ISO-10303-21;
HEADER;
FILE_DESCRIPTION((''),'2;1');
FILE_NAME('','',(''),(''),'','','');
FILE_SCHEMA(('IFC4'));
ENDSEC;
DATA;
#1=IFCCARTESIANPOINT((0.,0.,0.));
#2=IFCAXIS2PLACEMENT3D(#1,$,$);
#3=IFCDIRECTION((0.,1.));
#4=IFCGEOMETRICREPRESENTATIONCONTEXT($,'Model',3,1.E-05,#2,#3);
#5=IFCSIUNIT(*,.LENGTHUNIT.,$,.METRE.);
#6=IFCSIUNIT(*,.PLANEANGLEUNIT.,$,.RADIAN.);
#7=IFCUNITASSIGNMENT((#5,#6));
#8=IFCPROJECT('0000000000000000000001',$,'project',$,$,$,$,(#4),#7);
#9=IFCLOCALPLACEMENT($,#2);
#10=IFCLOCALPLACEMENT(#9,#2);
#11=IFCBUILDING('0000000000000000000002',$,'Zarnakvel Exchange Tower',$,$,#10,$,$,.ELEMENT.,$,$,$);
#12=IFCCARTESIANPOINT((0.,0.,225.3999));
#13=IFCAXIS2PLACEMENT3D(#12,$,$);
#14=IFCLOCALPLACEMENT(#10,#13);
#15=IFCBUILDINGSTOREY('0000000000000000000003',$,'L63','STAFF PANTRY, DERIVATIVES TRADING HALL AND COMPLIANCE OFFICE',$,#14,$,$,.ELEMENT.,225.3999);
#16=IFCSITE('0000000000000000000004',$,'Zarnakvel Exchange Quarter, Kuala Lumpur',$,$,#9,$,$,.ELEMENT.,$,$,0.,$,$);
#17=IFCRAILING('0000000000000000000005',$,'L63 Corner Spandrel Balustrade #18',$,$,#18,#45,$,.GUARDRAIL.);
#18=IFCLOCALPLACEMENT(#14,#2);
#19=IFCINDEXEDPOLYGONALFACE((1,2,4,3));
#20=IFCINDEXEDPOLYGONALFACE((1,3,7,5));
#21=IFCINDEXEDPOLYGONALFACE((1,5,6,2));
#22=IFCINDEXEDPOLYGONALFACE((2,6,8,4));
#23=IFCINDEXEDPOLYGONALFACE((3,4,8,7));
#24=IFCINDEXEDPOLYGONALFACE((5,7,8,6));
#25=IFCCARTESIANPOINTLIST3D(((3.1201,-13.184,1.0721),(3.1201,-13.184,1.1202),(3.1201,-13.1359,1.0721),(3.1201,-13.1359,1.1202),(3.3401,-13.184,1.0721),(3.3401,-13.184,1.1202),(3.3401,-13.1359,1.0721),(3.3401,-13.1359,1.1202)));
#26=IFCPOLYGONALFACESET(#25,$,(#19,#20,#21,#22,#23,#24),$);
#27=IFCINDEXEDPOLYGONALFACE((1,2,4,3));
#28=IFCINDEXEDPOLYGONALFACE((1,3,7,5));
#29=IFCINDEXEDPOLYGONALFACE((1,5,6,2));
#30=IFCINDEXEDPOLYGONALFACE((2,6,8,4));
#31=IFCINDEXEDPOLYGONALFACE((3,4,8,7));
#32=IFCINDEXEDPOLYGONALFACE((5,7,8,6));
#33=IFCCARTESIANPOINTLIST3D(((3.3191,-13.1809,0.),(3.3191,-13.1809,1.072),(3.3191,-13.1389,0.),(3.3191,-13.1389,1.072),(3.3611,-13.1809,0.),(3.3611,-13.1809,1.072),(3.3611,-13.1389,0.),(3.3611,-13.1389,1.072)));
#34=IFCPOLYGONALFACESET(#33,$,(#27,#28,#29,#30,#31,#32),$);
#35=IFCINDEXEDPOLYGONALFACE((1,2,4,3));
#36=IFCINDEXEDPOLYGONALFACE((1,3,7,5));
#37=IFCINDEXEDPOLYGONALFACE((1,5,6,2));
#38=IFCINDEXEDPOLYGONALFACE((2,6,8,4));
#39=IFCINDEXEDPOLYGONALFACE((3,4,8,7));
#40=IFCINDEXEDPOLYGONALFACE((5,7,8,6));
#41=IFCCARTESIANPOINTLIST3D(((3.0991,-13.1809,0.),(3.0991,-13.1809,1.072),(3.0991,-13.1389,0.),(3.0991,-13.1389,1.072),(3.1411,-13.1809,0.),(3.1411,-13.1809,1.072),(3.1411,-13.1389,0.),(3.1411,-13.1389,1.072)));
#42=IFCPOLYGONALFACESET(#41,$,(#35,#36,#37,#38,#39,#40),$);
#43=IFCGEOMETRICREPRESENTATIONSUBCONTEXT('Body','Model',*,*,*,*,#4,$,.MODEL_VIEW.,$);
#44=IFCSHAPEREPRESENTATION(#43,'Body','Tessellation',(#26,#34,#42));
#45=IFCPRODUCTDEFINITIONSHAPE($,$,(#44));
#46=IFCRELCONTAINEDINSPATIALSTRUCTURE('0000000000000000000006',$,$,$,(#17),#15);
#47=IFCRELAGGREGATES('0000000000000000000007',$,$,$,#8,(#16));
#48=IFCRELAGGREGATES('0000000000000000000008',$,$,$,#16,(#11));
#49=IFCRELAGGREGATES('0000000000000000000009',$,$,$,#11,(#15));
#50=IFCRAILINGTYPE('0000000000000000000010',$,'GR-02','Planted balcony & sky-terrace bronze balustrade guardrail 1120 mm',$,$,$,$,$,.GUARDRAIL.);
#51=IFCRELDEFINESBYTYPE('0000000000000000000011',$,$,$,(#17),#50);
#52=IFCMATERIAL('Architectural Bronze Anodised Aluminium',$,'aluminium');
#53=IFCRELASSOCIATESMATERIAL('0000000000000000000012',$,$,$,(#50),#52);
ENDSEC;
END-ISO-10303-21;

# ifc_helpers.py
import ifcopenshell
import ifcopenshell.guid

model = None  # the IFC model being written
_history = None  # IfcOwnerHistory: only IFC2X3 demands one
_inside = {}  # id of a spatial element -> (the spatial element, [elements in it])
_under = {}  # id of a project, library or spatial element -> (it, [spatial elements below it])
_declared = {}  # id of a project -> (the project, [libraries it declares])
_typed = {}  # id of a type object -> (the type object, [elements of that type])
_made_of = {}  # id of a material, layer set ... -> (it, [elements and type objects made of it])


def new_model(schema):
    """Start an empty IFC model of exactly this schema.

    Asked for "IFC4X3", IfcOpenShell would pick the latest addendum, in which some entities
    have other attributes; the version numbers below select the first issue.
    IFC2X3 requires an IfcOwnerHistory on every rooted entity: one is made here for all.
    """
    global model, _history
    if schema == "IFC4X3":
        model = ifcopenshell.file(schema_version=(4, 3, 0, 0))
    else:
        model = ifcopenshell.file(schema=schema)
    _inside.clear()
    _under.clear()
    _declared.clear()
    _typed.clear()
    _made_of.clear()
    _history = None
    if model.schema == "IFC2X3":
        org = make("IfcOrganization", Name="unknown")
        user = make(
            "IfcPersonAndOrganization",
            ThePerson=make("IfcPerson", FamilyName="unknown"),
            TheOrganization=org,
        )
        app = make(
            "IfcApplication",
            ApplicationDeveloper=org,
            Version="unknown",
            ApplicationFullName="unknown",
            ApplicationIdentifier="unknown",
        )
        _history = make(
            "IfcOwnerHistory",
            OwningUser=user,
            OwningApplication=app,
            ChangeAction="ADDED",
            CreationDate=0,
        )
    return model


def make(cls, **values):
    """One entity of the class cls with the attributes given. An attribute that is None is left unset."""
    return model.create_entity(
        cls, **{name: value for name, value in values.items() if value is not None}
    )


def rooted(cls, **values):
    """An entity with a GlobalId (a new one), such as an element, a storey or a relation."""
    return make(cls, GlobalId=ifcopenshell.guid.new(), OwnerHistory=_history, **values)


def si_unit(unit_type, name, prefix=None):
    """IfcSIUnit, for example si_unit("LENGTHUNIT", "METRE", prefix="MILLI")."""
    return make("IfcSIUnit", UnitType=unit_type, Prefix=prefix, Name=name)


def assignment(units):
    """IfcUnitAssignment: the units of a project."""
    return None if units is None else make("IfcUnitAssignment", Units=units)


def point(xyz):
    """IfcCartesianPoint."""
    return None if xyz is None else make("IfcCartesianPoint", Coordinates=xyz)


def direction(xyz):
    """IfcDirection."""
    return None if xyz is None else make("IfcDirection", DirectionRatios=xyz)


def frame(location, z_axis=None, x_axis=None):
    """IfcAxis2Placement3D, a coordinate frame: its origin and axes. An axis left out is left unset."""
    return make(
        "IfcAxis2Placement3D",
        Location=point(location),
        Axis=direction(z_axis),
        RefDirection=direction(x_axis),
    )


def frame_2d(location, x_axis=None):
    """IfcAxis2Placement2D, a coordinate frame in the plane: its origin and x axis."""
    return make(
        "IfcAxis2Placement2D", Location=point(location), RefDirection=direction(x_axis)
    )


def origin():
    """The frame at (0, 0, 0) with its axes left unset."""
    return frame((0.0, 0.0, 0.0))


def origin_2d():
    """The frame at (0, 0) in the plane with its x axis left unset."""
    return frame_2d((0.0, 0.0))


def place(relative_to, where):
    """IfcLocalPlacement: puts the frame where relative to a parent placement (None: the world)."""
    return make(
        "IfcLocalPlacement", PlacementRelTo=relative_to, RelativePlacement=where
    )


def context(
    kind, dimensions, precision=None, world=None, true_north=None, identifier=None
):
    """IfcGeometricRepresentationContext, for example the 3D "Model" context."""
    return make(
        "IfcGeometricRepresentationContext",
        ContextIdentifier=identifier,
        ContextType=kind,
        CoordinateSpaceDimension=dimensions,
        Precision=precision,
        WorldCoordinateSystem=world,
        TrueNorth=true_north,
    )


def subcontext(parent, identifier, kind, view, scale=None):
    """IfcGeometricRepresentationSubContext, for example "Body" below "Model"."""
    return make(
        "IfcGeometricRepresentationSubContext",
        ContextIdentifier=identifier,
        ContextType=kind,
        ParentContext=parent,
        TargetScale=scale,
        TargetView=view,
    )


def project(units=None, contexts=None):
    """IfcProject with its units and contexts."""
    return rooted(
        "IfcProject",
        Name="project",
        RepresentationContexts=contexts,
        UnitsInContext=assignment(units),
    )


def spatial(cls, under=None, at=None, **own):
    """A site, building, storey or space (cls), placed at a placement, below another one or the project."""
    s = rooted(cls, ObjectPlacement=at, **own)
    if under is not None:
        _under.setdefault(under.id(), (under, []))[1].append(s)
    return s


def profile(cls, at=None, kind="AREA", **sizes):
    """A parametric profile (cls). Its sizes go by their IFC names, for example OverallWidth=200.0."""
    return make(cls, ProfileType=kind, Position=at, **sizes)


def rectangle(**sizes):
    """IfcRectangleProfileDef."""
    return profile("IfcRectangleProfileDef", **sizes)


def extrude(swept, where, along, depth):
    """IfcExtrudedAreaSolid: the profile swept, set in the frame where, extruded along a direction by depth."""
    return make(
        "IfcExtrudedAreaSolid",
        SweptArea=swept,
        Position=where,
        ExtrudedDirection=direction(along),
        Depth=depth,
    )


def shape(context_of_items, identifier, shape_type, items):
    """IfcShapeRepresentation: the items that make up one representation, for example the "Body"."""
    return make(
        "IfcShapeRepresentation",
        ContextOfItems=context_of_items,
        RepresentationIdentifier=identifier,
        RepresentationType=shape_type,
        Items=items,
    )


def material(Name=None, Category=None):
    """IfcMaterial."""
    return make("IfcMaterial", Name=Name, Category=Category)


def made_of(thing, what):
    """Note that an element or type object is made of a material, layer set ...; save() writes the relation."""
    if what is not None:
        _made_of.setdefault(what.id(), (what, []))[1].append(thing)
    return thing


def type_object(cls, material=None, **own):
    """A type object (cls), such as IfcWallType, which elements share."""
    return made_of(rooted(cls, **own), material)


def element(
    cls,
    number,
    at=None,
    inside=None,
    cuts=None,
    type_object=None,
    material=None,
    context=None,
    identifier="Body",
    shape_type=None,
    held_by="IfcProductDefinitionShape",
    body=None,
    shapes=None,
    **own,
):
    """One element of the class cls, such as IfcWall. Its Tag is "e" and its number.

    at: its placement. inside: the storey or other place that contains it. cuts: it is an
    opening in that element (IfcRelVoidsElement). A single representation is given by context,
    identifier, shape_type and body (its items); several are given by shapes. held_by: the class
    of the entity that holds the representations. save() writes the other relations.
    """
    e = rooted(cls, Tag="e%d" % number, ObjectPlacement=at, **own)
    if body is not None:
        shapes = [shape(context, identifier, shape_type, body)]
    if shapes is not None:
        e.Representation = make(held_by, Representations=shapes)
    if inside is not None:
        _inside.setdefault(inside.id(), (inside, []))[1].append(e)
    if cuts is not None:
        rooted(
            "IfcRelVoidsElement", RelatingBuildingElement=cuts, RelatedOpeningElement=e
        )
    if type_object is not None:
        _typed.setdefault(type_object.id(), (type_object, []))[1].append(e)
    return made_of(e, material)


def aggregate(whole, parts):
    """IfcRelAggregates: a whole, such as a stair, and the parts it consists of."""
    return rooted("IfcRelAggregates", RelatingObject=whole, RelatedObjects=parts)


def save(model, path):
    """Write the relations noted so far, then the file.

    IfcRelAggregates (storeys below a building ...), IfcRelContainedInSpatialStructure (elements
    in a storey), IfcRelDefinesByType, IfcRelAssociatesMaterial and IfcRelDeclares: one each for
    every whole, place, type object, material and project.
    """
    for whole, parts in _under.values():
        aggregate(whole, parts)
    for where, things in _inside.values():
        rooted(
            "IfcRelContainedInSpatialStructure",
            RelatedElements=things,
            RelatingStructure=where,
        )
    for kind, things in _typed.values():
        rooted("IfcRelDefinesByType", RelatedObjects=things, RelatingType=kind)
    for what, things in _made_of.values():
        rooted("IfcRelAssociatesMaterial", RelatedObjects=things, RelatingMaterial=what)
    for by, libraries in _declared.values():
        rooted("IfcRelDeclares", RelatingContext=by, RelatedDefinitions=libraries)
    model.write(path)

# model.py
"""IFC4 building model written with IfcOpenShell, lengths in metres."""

from ifc_helpers import new_model, si_unit, direction, frame, origin, origin_2d, place, context, subcontext, project, spatial, rectangle, extrude, material, type_object, element, save


model = new_model("IFC4")

# Units and contexts
model_context = context("Model", 3, precision=1e-05, world=origin(), true_north=direction((0.0, 1.0)))
body_context = subcontext(model_context, "Body", "Model", "MODEL_VIEW")
ifc_project = project(units=[si_unit("LENGTHUNIT", "METRE"), si_unit("PLANEANGLEUNIT", "RADIAN")], contexts=[model_context])

# Site, building, storey
site_placement = place(None, origin())
site = spatial("IfcSite", under=ifc_project, at=site_placement, Name="Zarnakvel Exchange Quarter, Kuala Lumpur", CompositionType="ELEMENT", RefElevation=0.0)
building_placement = place(site_placement, origin())
building = spatial("IfcBuilding", under=site, at=building_placement, Name="Zarnakvel Exchange Tower", CompositionType="ELEMENT")
storey_placement = place(building_placement, frame((0.0, 0.0, 225.3999)))
storey = spatial("IfcBuildingStorey", under=building, at=storey_placement, Name="L63", Description="STAFF PANTRY, DERIVATIVES TRADING HALL AND COMPLIANCE OFFICE", CompositionType="ELEMENT", Elevation=225.3999)

# Shared definitions
ifc_material_1 = material(Name="Architectural Bronze Anodised Aluminium", Category="aluminium")

# Railing
railing_type = type_object("IfcRailingType", Name="GR-02", Description="Planted balcony & sky-terrace bronze balustrade guardrail 1120 mm", PredefinedType="GUARDRAIL", material=ifc_material_1)
railing_1_placement = place(storey_placement, frame((3.3401, -13.1599, 0.0)))
element("IfcRailing", 1, at=railing_1_placement, inside=storey, type_object=railing_type, Name="L63 Corner Spandrel Balustrade #18", PredefinedType="GUARDRAIL", context=body_context, shape_type="SweptSolid", body=[
    extrude(rectangle(XDim=0.0481, YDim=0.0481, at=origin_2d()), frame((0.0, 0.0, 1.0962), z_axis=(-1.0, 0.0, 0.0), x_axis=(0.0, -1.0, 0.0)), (0.0, 0.0, 1.0), 0.22),
    extrude(rectangle(XDim=0.042, YDim=0.042, at=origin_2d()), origin(), (0.0, 0.0, 1.0), 1.072),
    extrude(rectangle(XDim=0.042, YDim=0.042, at=origin_2d()), frame((-0.22, 0.0, 0.0)), (0.0, 0.0, 1.0), 1.072),
])

save(model, "model.ifc")
